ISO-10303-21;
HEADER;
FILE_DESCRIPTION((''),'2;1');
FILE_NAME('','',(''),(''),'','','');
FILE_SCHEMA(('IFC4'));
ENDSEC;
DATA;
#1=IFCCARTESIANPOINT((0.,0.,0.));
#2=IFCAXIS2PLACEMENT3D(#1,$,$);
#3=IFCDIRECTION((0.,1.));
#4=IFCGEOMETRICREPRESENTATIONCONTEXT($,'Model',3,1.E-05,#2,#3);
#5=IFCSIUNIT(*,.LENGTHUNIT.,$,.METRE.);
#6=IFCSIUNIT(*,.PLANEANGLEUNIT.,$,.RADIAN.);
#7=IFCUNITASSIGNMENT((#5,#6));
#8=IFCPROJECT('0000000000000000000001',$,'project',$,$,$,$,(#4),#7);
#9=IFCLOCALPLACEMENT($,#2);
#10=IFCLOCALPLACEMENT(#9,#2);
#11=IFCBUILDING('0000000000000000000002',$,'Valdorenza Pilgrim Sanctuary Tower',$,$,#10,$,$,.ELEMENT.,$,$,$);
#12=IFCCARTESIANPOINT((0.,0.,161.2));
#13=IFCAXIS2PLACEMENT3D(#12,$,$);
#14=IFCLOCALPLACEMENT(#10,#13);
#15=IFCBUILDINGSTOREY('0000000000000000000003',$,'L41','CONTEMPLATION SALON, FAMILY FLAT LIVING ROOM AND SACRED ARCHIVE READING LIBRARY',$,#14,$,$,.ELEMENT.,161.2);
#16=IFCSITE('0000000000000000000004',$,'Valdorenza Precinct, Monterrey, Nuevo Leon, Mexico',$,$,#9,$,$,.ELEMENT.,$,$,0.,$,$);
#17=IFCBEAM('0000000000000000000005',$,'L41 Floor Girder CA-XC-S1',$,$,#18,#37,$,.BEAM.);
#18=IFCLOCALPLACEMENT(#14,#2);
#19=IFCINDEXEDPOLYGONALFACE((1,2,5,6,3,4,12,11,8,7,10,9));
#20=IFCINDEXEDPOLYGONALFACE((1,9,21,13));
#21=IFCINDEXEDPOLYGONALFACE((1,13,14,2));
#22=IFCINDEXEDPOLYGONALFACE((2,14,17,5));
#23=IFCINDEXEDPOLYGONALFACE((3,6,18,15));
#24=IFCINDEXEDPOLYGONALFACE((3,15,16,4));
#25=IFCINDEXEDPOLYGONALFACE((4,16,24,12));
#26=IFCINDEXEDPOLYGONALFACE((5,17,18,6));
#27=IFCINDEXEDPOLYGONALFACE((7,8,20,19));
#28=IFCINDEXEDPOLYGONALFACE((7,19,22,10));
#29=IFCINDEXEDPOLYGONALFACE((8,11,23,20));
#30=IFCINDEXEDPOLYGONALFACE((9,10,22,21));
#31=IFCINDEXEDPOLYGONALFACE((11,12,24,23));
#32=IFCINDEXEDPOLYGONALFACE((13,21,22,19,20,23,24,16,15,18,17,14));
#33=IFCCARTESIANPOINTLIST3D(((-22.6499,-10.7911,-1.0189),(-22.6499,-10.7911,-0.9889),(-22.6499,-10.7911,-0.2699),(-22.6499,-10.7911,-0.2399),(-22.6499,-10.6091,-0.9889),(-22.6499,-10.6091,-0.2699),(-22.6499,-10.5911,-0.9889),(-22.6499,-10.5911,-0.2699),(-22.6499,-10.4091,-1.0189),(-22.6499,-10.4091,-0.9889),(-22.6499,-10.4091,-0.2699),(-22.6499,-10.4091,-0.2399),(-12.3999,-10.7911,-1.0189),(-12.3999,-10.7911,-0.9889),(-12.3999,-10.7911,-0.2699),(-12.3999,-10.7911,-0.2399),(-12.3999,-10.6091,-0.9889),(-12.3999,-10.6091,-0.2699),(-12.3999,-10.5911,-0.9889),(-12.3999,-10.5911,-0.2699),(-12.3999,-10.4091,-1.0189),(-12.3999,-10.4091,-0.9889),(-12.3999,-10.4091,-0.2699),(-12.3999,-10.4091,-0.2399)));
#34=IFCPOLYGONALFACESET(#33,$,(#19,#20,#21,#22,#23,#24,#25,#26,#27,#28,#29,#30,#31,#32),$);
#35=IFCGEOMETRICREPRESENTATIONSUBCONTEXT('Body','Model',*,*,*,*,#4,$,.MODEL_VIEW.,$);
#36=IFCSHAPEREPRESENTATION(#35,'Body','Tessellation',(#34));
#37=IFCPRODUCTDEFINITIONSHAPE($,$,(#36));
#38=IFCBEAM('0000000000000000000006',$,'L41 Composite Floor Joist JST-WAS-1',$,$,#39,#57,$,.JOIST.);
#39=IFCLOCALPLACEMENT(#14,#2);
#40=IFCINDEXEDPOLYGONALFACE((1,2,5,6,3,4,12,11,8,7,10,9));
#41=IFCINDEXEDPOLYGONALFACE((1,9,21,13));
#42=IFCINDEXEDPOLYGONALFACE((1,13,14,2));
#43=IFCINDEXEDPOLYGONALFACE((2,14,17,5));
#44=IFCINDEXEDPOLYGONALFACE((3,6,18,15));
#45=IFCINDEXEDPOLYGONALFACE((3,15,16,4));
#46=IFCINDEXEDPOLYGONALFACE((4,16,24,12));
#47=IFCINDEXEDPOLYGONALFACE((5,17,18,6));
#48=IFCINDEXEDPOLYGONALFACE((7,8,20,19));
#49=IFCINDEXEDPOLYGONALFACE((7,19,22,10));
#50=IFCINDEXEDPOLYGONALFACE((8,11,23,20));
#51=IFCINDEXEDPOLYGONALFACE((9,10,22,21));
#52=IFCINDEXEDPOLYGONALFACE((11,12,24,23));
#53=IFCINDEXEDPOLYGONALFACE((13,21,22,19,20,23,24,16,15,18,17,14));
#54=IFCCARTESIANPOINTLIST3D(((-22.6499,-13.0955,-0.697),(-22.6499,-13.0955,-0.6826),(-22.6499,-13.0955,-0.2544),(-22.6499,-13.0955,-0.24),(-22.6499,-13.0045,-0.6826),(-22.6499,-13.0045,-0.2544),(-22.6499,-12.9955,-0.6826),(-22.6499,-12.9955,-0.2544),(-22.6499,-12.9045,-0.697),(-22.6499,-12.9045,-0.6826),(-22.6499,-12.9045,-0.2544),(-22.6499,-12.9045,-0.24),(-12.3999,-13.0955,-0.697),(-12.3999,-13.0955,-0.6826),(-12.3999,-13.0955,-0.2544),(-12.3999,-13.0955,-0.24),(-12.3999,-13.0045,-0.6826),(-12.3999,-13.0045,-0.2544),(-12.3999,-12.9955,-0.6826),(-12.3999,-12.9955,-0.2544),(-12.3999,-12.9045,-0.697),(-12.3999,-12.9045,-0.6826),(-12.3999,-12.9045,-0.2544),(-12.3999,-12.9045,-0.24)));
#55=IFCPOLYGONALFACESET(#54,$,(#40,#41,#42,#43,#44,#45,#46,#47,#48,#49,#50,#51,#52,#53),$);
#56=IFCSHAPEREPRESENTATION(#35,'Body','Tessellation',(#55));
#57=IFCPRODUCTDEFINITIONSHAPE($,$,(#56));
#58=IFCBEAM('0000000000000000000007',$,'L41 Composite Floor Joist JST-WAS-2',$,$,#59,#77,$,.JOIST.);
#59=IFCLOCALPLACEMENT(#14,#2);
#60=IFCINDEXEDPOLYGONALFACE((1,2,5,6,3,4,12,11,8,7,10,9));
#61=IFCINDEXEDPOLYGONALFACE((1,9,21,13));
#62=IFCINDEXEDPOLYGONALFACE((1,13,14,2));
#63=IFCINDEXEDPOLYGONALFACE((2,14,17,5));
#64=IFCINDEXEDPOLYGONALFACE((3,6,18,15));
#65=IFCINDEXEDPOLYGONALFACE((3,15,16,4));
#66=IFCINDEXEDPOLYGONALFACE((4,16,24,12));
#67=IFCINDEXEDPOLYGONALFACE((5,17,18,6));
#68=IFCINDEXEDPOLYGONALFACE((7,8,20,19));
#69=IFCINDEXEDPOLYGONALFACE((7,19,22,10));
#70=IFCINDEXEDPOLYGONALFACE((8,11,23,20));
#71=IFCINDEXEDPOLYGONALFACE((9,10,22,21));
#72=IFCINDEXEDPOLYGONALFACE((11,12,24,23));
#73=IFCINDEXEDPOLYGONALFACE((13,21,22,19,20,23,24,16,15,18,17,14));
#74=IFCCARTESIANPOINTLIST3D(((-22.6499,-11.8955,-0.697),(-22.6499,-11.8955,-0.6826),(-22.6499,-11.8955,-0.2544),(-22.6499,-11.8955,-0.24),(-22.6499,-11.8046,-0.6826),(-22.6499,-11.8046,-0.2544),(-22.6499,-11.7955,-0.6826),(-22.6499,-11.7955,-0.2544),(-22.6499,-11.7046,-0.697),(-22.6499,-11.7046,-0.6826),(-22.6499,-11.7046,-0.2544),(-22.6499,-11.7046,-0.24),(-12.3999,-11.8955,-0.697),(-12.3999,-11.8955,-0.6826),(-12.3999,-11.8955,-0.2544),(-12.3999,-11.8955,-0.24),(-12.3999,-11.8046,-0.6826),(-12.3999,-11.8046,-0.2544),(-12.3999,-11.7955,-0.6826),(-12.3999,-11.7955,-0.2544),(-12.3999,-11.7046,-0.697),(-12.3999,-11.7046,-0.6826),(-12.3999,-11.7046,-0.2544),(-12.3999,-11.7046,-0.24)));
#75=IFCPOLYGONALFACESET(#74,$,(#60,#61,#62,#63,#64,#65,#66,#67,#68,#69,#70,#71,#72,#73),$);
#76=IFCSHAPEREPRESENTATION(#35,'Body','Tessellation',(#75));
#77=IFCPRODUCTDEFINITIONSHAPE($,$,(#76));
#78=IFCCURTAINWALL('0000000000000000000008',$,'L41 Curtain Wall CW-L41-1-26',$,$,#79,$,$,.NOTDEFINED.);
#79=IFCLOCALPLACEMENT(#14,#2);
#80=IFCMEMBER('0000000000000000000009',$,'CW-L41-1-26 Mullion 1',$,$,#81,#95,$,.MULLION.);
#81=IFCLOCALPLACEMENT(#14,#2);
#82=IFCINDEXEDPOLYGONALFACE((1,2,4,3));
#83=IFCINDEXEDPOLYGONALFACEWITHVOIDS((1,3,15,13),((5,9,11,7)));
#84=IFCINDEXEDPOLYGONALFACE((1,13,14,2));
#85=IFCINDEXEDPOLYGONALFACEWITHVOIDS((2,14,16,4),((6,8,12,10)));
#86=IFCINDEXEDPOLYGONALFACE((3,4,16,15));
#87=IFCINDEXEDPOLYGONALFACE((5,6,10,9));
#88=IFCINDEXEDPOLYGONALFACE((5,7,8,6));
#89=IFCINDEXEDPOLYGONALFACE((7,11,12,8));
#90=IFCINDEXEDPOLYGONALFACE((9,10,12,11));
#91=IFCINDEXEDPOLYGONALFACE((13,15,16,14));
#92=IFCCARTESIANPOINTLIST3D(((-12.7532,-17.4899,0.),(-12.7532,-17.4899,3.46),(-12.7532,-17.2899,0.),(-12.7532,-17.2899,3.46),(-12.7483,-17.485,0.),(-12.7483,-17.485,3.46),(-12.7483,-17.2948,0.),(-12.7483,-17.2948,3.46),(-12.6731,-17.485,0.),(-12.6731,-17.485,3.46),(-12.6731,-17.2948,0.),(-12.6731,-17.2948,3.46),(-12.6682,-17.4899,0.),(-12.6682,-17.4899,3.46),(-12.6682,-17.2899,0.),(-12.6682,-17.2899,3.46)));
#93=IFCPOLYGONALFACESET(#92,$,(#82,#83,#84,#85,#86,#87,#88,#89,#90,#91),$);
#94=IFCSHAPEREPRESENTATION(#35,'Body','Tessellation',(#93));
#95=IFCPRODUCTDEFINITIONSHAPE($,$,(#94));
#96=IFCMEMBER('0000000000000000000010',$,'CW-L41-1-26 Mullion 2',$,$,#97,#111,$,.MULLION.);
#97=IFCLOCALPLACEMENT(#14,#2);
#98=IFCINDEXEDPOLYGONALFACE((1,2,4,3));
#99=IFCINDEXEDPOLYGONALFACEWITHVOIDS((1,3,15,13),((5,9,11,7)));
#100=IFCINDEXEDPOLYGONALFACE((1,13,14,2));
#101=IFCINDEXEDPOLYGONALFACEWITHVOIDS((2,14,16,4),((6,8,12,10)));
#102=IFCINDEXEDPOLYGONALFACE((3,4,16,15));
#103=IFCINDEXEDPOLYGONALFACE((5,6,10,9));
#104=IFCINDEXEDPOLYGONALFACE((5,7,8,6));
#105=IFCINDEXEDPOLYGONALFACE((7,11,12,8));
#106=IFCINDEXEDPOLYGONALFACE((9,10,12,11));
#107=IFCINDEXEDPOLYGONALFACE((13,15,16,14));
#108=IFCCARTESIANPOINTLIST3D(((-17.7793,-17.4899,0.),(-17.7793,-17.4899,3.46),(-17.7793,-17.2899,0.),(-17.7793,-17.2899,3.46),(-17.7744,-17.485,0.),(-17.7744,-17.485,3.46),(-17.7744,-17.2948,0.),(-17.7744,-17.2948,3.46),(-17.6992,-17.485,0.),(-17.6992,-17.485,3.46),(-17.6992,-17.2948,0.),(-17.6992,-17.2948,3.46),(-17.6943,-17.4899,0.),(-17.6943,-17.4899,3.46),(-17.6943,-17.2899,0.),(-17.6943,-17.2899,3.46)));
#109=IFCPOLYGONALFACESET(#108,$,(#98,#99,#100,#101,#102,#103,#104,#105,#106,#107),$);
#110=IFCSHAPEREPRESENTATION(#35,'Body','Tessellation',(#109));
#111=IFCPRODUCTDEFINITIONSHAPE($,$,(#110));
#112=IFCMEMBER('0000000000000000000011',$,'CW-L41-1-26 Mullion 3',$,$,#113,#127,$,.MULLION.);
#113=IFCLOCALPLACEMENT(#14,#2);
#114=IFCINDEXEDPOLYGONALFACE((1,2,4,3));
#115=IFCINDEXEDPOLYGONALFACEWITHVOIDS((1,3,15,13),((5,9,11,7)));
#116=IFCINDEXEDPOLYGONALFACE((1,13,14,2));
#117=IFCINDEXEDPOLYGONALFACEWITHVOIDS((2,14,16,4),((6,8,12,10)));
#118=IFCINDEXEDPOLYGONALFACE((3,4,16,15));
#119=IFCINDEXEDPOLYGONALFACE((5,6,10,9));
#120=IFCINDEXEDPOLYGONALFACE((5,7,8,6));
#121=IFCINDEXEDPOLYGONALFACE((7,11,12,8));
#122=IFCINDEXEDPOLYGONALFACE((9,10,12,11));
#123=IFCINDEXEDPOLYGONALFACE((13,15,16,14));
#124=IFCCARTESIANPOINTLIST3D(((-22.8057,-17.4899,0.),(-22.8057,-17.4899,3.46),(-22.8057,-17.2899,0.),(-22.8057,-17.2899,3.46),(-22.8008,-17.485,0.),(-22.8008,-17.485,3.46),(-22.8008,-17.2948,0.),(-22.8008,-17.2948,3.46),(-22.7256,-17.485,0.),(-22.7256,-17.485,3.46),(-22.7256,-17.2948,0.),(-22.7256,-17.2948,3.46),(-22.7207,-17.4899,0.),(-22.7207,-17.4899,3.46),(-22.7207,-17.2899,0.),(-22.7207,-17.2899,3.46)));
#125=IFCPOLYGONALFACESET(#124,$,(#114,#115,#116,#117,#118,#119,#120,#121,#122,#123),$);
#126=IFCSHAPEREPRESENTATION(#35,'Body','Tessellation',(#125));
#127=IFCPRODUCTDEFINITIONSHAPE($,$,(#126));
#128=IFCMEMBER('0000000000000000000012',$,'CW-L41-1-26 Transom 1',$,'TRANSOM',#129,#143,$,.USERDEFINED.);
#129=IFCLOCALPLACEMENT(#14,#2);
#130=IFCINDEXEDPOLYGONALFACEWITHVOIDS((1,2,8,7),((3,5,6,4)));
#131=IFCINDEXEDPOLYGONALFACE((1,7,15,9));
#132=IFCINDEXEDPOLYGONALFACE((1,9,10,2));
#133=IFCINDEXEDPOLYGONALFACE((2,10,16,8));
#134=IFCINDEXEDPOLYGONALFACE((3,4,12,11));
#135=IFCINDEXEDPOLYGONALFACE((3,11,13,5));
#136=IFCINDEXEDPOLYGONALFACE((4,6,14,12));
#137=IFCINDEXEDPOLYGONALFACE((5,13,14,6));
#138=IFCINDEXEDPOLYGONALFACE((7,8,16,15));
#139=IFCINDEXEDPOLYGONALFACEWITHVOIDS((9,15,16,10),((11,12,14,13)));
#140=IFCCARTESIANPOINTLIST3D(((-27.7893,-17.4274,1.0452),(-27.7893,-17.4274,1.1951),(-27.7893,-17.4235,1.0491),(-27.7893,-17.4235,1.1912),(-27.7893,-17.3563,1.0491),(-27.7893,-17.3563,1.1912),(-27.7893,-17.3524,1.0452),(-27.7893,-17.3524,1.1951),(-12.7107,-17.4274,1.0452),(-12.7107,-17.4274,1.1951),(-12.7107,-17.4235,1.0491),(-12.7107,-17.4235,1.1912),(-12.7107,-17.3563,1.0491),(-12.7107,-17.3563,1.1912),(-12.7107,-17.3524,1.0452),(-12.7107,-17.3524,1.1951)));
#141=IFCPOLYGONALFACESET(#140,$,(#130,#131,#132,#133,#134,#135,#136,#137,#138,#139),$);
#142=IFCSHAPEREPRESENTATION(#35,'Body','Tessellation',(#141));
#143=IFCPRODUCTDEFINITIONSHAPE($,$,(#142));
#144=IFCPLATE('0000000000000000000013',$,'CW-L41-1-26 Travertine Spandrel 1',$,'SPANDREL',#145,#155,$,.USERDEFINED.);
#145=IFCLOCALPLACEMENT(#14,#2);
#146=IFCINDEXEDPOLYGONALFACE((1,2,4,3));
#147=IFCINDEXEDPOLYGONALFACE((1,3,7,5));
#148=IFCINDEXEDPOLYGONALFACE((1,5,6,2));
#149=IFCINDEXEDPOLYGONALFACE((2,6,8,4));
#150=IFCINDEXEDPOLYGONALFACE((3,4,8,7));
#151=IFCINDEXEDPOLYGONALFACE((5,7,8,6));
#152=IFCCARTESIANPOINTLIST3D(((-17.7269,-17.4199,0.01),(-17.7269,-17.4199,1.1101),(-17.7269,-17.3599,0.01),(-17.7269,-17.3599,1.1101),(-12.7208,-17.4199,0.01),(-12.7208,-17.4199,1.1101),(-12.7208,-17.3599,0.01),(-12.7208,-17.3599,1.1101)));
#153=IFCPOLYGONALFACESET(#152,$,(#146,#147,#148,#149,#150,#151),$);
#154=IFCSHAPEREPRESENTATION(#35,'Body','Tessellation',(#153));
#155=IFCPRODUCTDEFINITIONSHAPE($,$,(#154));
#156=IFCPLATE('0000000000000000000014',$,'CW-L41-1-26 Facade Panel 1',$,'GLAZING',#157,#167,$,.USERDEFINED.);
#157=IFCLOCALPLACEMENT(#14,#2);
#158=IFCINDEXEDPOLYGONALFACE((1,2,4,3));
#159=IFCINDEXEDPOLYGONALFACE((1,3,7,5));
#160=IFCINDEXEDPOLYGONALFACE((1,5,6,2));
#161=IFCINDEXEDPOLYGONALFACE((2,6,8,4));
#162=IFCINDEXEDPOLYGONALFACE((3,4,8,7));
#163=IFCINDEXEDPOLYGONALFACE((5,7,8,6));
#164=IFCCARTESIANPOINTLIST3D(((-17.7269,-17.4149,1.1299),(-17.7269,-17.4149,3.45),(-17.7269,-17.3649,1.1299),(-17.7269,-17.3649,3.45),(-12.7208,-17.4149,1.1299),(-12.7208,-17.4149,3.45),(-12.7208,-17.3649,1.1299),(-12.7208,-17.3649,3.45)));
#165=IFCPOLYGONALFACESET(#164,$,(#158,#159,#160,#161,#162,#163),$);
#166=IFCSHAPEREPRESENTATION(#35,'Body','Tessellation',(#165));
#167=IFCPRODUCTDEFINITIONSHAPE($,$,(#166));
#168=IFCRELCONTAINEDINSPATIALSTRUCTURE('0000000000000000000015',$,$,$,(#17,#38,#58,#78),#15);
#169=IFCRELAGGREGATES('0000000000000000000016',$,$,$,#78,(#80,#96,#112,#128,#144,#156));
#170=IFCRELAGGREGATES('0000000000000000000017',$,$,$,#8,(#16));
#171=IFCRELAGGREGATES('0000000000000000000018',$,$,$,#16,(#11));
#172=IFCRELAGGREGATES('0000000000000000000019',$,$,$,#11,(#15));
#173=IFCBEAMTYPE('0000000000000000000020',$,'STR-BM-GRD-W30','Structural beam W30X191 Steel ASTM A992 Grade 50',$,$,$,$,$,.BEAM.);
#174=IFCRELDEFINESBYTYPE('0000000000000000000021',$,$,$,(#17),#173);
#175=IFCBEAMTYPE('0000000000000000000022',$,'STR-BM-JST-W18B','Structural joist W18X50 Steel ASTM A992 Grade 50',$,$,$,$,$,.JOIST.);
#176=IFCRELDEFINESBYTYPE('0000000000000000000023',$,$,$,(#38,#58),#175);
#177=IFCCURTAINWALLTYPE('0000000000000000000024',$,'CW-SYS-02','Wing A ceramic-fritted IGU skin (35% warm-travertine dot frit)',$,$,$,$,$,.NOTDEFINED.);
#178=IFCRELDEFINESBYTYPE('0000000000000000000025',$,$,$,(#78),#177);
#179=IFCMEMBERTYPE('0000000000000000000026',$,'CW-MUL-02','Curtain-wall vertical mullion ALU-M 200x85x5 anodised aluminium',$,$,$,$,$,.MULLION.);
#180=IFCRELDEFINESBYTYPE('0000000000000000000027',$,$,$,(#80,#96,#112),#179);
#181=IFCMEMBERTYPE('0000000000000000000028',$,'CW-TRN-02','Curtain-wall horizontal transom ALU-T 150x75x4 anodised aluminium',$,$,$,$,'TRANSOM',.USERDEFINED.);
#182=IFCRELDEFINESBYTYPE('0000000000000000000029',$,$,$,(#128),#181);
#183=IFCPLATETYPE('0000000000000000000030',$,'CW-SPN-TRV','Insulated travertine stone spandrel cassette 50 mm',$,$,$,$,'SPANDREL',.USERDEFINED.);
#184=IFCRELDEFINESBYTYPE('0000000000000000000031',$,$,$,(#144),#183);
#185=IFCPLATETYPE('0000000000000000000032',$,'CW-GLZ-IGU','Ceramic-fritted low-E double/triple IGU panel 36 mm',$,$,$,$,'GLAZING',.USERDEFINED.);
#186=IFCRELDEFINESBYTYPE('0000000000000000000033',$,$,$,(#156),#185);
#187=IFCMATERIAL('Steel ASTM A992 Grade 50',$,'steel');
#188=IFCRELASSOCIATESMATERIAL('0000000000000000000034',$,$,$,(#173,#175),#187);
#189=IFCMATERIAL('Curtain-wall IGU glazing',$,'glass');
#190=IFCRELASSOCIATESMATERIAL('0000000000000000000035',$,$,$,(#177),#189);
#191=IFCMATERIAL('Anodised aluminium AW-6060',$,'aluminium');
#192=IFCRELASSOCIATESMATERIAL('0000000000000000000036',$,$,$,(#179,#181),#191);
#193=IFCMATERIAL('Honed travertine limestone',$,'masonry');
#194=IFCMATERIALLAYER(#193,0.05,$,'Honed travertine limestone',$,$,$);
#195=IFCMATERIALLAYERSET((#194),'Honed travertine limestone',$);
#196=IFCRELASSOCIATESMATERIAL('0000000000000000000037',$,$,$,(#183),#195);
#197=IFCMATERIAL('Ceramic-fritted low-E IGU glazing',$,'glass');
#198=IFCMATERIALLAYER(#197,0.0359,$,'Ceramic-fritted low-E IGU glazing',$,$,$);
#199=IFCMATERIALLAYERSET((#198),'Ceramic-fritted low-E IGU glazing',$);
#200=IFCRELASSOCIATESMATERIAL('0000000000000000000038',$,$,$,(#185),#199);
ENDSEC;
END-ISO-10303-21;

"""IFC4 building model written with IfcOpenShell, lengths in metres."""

from ifc_helpers import new_model, si_unit, direction, frame, origin, origin_2d, place, context, subcontext, project, spatial, rectangle, hollow_rectangle, i_section, extrude, source, transform, mapped, material, layer, layer_set, material_profile, profile_set, type_object, element, aggregate, save


model = new_model("IFC4")

# Units and contexts
model_context = context("Model", 3, precision=1e-05, world=origin(), true_north=direction((0.0, 1.0)))
body_context = subcontext(model_context, "Body", "Model", "MODEL_VIEW")
ifc_project = project(units=[si_unit("LENGTHUNIT", "METRE"), si_unit("PLANEANGLEUNIT", "RADIAN")], contexts=[model_context])

# Site, building, storey
site_placement = place(None, origin())
site = spatial("IfcSite", under=ifc_project, at=site_placement, Name="Valdorenza Precinct, Monterrey, Nuevo Leon, Mexico", CompositionType="ELEMENT", RefElevation=0.0)
building_placement = place(site_placement, origin())
building = spatial("IfcBuilding", under=site, at=building_placement, Name="Valdorenza Pilgrim Sanctuary Tower", CompositionType="ELEMENT")
storey_placement = place(building_placement, frame((0.0, 0.0, 161.2)))
storey = spatial("IfcBuildingStorey", under=building, at=storey_placement, Name="L41", Description="CONTEMPLATION SALON, FAMILY FLAT LIVING ROOM AND SACRED ARCHIVE READING LIBRARY", CompositionType="ELEMENT", Elevation=161.2)

# Shared definitions
ifc_material_1 = material(Name="Steel ASTM A992 Grade 50", Category="steel")

# Beams
ifc_material_profile_1 = material_profile(ifc_material_1, i_section(OverallWidth=0.3821, OverallDepth=0.7791, WebThickness=0.0181, FlangeThickness=0.03, at=origin_2d()), Name="W30X191")
ifc_profile_set_1 = profile_set([ifc_material_profile_1], Name="Steel ASTM A992 Grade 50")
beam_type_1 = type_object("IfcBeamType", Name="STR-BM-GRD-W30", Description="Structural beam W30X191 Steel ASTM A992 Grade 50", PredefinedType="BEAM", material=ifc_profile_set_1)
shared_shape_1 = source(origin(), body_context, "Body", "SweptSolid", [
    extrude(i_section(OverallWidth=0.3821, OverallDepth=0.7791, WebThickness=0.0181, FlangeThickness=0.03, at=origin_2d()), origin(), (0.0, 0.0, 1.0), 10.25),
])
beam_1_placement = place(storey_placement, frame((-22.6499, -10.6001, -0.6294), z_axis=(1.0, 0.0, 0.0), x_axis=(0.0, 1.0, 0.0)))
element("IfcBeam", 1, at=beam_1_placement, inside=storey, type_object=beam_type_1, Name="L41 Floor Girder CA-XC-S1", PredefinedType="BEAM", context=body_context, shape_type="MappedRepresentation", body=[
    mapped(shared_shape_1, transform((0.0, 0.0, 0.0), x_axis=(1.0, 0.0, 0.0), y_axis=(0.0, 1.0, 0.0), z_axis=(0.0, 0.0, 1.0), scale=1.0)),
])
ifc_material_profile_2 = material_profile(ifc_material_1, i_section(OverallWidth=0.1909, OverallDepth=0.457, WebThickness=0.009, FlangeThickness=0.0144, at=origin_2d()), Name="W18X50")
ifc_profile_set_2 = profile_set([ifc_material_profile_2], Name="Steel ASTM A992 Grade 50")
beam_type_2 = type_object("IfcBeamType", Name="STR-BM-JST-W18B", Description="Structural joist W18X50 Steel ASTM A992 Grade 50", PredefinedType="JOIST", material=ifc_profile_set_2)
shared_shape_2 = source(origin(), body_context, "Body", "SweptSolid", [
    extrude(i_section(OverallWidth=0.1909, OverallDepth=0.457, WebThickness=0.009, FlangeThickness=0.0144, at=origin_2d()), origin(), (0.0, 0.0, 1.0), 10.25),
])
for number, where, z_axis, x_axis, name in (
    (2, (-22.6499, -13.0, -0.4685), (1.0, 0.0, 0.0), (0.0, 1.0, 0.0), "L41 Composite Floor Joist JST-WAS-1"),
    (3, (-22.6499, -11.8, -0.4685), (1.0, 0.0, 0.0), (0.0, 1.0, 0.0), "L41 Composite Floor Joist JST-WAS-2"),
):
    element("IfcBeam", number, at=place(storey_placement, frame(where, z_axis=z_axis, x_axis=x_axis)), inside=storey, type_object=beam_type_2, Name=name, PredefinedType="JOIST", context=body_context, shape_type="MappedRepresentation", body=[
        mapped(shared_shape_2, transform((0.0, 0.0, 0.0), x_axis=(1.0, 0.0, 0.0), y_axis=(0.0, 1.0, 0.0), z_axis=(0.0, 0.0, 1.0), scale=1.0)),
    ])

# Curtain wall, members, plates
ifc_material_2 = material(Name="Curtain-wall IGU glazing", Category="glass")
curtain_wall_type = type_object("IfcCurtainWallType", Name="CW-SYS-02", Description="Wing A ceramic-fritted IGU skin (35% warm-travertine dot frit)", PredefinedType="NOTDEFINED", material=ifc_material_2)
curtain_wall_placement = place(storey_placement, origin())
curtain_wall = element("IfcCurtainWall", 4, at=curtain_wall_placement, inside=storey, type_object=curtain_wall_type, Name="L41 Curtain Wall CW-L41-1-26", PredefinedType="NOTDEFINED")
ifc_material_3 = material(Name="Anodised aluminium AW-6060", Category="aluminium")
ifc_material_profile_3 = material_profile(ifc_material_3, hollow_rectangle(XDim=0.085, YDim=0.2, WallThickness=0.0049, at=origin_2d()), Name="ALU-M 200x85x5")
ifc_profile_set_3 = profile_set([ifc_material_profile_3], Name="Anodised aluminium AW-6060")
member_type_1 = type_object("IfcMemberType", Name="CW-MUL-02", Description="Curtain-wall vertical mullion ALU-M 200x85x5 anodised aluminium", PredefinedType="MULLION", material=ifc_profile_set_3)
shared_shape_3 = source(origin(), body_context, "Body", "SweptSolid", [
    extrude(hollow_rectangle(XDim=0.085, YDim=0.2, WallThickness=0.0049, at=origin_2d()), origin(), (0.0, 0.0, 1.0), 3.46),
])
member_1_placement = place(storey_placement, frame((-12.7107, -17.3899, 0.0), z_axis=(0.0, 0.0, 1.0), x_axis=(-1.0, 0.0, 0.0)))
member_1 = element("IfcMember", 5, at=member_1_placement, type_object=member_type_1, Name="CW-L41-1-26 Mullion 1", PredefinedType="MULLION", context=body_context, shape_type="MappedRepresentation", body=[
    mapped(shared_shape_3, transform((0.0, 0.0, 0.0), x_axis=(1.0, 0.0, 0.0), y_axis=(0.0, 1.0, 0.0), z_axis=(0.0, 0.0, 1.0), scale=1.0)),
])
member_2_placement = place(storey_placement, frame((-17.7368, -17.3899, 0.0), z_axis=(0.0, 0.0, 1.0), x_axis=(-1.0, 0.0, 0.0)))
member_2 = element("IfcMember", 6, at=member_2_placement, type_object=member_type_1, Name="CW-L41-1-26 Mullion 2", PredefinedType="MULLION", context=body_context, shape_type="MappedRepresentation", body=[
    mapped(shared_shape_3, transform((0.0, 0.0, 0.0), x_axis=(1.0, 0.0, 0.0), y_axis=(0.0, 1.0, 0.0), z_axis=(0.0, 0.0, 1.0), scale=1.0)),
])
member_3_placement = place(storey_placement, frame((-22.7632, -17.3899, 0.0), z_axis=(0.0, 0.0, 1.0), x_axis=(-1.0, 0.0, 0.0)))
member_3 = element("IfcMember", 7, at=member_3_placement, type_object=member_type_1, Name="CW-L41-1-26 Mullion 3", PredefinedType="MULLION", context=body_context, shape_type="MappedRepresentation", body=[
    mapped(shared_shape_3, transform((0.0, 0.0, 0.0), x_axis=(1.0, 0.0, 0.0), y_axis=(0.0, 1.0, 0.0), z_axis=(0.0, 0.0, 1.0), scale=1.0)),
])
ifc_material_profile_4 = material_profile(ifc_material_3, hollow_rectangle(XDim=0.075, YDim=0.1499, WallThickness=0.0039, at=origin_2d()), Name="ALU-T 150x75x4")
ifc_profile_set_4 = profile_set([ifc_material_profile_4], Name="Anodised aluminium AW-6060")
member_type_2 = type_object("IfcMemberType", Name="CW-TRN-02", Description="Curtain-wall horizontal transom ALU-T 150x75x4 anodised aluminium", ElementType="TRANSOM", PredefinedType="USERDEFINED", material=ifc_profile_set_4)
shared_shape_4 = source(origin(), body_context, "Body", "SweptSolid", [
    extrude(hollow_rectangle(XDim=0.075, YDim=0.1499, WallThickness=0.0039, at=origin_2d()), origin(), (0.0, 0.0, 1.0), 15.0786),
])
member_4_placement = place(storey_placement, frame((-12.7107, -17.3899, 1.1201), z_axis=(-1.0, 0.0, 0.0), x_axis=(0.0, -1.0, 0.0)))
member_4 = element("IfcMember", 8, at=member_4_placement, type_object=member_type_2, Name="CW-L41-1-26 Transom 1", ObjectType="TRANSOM", PredefinedType="USERDEFINED", context=body_context, shape_type="MappedRepresentation", body=[
    mapped(shared_shape_4, transform((0.0, 0.0, 0.0), x_axis=(1.0, 0.0, 0.0), y_axis=(0.0, 1.0, 0.0), z_axis=(0.0, 0.0, 1.0), scale=1.0)),
])
ifc_material_4 = material(Name="Honed travertine limestone", Category="masonry")
ifc_layer_1 = layer(ifc_material_4, 0.05, Name="Honed travertine limestone")
ifc_layer_set_1 = layer_set([ifc_layer_1], Name="Honed travertine limestone")
plate_type_1 = type_object("IfcPlateType", Name="CW-SPN-TRV", Description="Insulated travertine stone spandrel cassette 50 mm", ElementType="SPANDREL", PredefinedType="USERDEFINED", material=ifc_layer_set_1)
shared_shape_5 = source(origin(), body_context, "Body", "SweptSolid", [
    extrude(rectangle(XDim=5.0061, YDim=0.0601, at=origin_2d()), origin(), (0.0, 0.0, 1.0), 1.1001),
])
plate_1_placement = place(storey_placement, frame((-15.2239, -17.3899, 0.01), z_axis=(0.0, 0.0, 1.0), x_axis=(-1.0, 0.0, 0.0)))
plate_1 = element("IfcPlate", 9, at=plate_1_placement, type_object=plate_type_1, Name="CW-L41-1-26 Travertine Spandrel 1", ObjectType="SPANDREL", PredefinedType="USERDEFINED", context=body_context, shape_type="MappedRepresentation", body=[
    mapped(shared_shape_5, transform((0.0, 0.0, 0.0), x_axis=(1.0, 0.0, 0.0), y_axis=(0.0, 1.0, 0.0), z_axis=(0.0, 0.0, 1.0), scale=1.0)),
])
ifc_material_5 = material(Name="Ceramic-fritted low-E IGU glazing", Category="glass")
ifc_layer_2 = layer(ifc_material_5, 0.0359, Name="Ceramic-fritted low-E IGU glazing")
ifc_layer_set_2 = layer_set([ifc_layer_2], Name="Ceramic-fritted low-E IGU glazing")
plate_type_2 = type_object("IfcPlateType", Name="CW-GLZ-IGU", Description="Ceramic-fritted low-E double/triple IGU panel 36 mm", ElementType="GLAZING", PredefinedType="USERDEFINED", material=ifc_layer_set_2)
shared_shape_6 = source(origin(), body_context, "Body", "SweptSolid", [
    extrude(rectangle(XDim=5.0061, YDim=0.05, at=origin_2d()), origin(), (0.0, 0.0, 1.0), 2.3201),
])
plate_2_placement = place(storey_placement, frame((-15.2239, -17.3899, 1.1299), z_axis=(0.0, 0.0, 1.0), x_axis=(-1.0, 0.0, 0.0)))
plate_2 = element("IfcPlate", 10, at=plate_2_placement, type_object=plate_type_2, Name="CW-L41-1-26 Facade Panel 1", ObjectType="GLAZING", PredefinedType="USERDEFINED", context=body_context, shape_type="MappedRepresentation", body=[
    mapped(shared_shape_6, transform((0.0, 0.0, 0.0), x_axis=(1.0, 0.0, 0.0), y_axis=(0.0, 1.0, 0.0), z_axis=(0.0, 0.0, 1.0), scale=1.0)),
])
aggregate(curtain_wall, [member_1, member_2, member_3, member_4, plate_1, plate_2])

save(model, "model.ifc")
